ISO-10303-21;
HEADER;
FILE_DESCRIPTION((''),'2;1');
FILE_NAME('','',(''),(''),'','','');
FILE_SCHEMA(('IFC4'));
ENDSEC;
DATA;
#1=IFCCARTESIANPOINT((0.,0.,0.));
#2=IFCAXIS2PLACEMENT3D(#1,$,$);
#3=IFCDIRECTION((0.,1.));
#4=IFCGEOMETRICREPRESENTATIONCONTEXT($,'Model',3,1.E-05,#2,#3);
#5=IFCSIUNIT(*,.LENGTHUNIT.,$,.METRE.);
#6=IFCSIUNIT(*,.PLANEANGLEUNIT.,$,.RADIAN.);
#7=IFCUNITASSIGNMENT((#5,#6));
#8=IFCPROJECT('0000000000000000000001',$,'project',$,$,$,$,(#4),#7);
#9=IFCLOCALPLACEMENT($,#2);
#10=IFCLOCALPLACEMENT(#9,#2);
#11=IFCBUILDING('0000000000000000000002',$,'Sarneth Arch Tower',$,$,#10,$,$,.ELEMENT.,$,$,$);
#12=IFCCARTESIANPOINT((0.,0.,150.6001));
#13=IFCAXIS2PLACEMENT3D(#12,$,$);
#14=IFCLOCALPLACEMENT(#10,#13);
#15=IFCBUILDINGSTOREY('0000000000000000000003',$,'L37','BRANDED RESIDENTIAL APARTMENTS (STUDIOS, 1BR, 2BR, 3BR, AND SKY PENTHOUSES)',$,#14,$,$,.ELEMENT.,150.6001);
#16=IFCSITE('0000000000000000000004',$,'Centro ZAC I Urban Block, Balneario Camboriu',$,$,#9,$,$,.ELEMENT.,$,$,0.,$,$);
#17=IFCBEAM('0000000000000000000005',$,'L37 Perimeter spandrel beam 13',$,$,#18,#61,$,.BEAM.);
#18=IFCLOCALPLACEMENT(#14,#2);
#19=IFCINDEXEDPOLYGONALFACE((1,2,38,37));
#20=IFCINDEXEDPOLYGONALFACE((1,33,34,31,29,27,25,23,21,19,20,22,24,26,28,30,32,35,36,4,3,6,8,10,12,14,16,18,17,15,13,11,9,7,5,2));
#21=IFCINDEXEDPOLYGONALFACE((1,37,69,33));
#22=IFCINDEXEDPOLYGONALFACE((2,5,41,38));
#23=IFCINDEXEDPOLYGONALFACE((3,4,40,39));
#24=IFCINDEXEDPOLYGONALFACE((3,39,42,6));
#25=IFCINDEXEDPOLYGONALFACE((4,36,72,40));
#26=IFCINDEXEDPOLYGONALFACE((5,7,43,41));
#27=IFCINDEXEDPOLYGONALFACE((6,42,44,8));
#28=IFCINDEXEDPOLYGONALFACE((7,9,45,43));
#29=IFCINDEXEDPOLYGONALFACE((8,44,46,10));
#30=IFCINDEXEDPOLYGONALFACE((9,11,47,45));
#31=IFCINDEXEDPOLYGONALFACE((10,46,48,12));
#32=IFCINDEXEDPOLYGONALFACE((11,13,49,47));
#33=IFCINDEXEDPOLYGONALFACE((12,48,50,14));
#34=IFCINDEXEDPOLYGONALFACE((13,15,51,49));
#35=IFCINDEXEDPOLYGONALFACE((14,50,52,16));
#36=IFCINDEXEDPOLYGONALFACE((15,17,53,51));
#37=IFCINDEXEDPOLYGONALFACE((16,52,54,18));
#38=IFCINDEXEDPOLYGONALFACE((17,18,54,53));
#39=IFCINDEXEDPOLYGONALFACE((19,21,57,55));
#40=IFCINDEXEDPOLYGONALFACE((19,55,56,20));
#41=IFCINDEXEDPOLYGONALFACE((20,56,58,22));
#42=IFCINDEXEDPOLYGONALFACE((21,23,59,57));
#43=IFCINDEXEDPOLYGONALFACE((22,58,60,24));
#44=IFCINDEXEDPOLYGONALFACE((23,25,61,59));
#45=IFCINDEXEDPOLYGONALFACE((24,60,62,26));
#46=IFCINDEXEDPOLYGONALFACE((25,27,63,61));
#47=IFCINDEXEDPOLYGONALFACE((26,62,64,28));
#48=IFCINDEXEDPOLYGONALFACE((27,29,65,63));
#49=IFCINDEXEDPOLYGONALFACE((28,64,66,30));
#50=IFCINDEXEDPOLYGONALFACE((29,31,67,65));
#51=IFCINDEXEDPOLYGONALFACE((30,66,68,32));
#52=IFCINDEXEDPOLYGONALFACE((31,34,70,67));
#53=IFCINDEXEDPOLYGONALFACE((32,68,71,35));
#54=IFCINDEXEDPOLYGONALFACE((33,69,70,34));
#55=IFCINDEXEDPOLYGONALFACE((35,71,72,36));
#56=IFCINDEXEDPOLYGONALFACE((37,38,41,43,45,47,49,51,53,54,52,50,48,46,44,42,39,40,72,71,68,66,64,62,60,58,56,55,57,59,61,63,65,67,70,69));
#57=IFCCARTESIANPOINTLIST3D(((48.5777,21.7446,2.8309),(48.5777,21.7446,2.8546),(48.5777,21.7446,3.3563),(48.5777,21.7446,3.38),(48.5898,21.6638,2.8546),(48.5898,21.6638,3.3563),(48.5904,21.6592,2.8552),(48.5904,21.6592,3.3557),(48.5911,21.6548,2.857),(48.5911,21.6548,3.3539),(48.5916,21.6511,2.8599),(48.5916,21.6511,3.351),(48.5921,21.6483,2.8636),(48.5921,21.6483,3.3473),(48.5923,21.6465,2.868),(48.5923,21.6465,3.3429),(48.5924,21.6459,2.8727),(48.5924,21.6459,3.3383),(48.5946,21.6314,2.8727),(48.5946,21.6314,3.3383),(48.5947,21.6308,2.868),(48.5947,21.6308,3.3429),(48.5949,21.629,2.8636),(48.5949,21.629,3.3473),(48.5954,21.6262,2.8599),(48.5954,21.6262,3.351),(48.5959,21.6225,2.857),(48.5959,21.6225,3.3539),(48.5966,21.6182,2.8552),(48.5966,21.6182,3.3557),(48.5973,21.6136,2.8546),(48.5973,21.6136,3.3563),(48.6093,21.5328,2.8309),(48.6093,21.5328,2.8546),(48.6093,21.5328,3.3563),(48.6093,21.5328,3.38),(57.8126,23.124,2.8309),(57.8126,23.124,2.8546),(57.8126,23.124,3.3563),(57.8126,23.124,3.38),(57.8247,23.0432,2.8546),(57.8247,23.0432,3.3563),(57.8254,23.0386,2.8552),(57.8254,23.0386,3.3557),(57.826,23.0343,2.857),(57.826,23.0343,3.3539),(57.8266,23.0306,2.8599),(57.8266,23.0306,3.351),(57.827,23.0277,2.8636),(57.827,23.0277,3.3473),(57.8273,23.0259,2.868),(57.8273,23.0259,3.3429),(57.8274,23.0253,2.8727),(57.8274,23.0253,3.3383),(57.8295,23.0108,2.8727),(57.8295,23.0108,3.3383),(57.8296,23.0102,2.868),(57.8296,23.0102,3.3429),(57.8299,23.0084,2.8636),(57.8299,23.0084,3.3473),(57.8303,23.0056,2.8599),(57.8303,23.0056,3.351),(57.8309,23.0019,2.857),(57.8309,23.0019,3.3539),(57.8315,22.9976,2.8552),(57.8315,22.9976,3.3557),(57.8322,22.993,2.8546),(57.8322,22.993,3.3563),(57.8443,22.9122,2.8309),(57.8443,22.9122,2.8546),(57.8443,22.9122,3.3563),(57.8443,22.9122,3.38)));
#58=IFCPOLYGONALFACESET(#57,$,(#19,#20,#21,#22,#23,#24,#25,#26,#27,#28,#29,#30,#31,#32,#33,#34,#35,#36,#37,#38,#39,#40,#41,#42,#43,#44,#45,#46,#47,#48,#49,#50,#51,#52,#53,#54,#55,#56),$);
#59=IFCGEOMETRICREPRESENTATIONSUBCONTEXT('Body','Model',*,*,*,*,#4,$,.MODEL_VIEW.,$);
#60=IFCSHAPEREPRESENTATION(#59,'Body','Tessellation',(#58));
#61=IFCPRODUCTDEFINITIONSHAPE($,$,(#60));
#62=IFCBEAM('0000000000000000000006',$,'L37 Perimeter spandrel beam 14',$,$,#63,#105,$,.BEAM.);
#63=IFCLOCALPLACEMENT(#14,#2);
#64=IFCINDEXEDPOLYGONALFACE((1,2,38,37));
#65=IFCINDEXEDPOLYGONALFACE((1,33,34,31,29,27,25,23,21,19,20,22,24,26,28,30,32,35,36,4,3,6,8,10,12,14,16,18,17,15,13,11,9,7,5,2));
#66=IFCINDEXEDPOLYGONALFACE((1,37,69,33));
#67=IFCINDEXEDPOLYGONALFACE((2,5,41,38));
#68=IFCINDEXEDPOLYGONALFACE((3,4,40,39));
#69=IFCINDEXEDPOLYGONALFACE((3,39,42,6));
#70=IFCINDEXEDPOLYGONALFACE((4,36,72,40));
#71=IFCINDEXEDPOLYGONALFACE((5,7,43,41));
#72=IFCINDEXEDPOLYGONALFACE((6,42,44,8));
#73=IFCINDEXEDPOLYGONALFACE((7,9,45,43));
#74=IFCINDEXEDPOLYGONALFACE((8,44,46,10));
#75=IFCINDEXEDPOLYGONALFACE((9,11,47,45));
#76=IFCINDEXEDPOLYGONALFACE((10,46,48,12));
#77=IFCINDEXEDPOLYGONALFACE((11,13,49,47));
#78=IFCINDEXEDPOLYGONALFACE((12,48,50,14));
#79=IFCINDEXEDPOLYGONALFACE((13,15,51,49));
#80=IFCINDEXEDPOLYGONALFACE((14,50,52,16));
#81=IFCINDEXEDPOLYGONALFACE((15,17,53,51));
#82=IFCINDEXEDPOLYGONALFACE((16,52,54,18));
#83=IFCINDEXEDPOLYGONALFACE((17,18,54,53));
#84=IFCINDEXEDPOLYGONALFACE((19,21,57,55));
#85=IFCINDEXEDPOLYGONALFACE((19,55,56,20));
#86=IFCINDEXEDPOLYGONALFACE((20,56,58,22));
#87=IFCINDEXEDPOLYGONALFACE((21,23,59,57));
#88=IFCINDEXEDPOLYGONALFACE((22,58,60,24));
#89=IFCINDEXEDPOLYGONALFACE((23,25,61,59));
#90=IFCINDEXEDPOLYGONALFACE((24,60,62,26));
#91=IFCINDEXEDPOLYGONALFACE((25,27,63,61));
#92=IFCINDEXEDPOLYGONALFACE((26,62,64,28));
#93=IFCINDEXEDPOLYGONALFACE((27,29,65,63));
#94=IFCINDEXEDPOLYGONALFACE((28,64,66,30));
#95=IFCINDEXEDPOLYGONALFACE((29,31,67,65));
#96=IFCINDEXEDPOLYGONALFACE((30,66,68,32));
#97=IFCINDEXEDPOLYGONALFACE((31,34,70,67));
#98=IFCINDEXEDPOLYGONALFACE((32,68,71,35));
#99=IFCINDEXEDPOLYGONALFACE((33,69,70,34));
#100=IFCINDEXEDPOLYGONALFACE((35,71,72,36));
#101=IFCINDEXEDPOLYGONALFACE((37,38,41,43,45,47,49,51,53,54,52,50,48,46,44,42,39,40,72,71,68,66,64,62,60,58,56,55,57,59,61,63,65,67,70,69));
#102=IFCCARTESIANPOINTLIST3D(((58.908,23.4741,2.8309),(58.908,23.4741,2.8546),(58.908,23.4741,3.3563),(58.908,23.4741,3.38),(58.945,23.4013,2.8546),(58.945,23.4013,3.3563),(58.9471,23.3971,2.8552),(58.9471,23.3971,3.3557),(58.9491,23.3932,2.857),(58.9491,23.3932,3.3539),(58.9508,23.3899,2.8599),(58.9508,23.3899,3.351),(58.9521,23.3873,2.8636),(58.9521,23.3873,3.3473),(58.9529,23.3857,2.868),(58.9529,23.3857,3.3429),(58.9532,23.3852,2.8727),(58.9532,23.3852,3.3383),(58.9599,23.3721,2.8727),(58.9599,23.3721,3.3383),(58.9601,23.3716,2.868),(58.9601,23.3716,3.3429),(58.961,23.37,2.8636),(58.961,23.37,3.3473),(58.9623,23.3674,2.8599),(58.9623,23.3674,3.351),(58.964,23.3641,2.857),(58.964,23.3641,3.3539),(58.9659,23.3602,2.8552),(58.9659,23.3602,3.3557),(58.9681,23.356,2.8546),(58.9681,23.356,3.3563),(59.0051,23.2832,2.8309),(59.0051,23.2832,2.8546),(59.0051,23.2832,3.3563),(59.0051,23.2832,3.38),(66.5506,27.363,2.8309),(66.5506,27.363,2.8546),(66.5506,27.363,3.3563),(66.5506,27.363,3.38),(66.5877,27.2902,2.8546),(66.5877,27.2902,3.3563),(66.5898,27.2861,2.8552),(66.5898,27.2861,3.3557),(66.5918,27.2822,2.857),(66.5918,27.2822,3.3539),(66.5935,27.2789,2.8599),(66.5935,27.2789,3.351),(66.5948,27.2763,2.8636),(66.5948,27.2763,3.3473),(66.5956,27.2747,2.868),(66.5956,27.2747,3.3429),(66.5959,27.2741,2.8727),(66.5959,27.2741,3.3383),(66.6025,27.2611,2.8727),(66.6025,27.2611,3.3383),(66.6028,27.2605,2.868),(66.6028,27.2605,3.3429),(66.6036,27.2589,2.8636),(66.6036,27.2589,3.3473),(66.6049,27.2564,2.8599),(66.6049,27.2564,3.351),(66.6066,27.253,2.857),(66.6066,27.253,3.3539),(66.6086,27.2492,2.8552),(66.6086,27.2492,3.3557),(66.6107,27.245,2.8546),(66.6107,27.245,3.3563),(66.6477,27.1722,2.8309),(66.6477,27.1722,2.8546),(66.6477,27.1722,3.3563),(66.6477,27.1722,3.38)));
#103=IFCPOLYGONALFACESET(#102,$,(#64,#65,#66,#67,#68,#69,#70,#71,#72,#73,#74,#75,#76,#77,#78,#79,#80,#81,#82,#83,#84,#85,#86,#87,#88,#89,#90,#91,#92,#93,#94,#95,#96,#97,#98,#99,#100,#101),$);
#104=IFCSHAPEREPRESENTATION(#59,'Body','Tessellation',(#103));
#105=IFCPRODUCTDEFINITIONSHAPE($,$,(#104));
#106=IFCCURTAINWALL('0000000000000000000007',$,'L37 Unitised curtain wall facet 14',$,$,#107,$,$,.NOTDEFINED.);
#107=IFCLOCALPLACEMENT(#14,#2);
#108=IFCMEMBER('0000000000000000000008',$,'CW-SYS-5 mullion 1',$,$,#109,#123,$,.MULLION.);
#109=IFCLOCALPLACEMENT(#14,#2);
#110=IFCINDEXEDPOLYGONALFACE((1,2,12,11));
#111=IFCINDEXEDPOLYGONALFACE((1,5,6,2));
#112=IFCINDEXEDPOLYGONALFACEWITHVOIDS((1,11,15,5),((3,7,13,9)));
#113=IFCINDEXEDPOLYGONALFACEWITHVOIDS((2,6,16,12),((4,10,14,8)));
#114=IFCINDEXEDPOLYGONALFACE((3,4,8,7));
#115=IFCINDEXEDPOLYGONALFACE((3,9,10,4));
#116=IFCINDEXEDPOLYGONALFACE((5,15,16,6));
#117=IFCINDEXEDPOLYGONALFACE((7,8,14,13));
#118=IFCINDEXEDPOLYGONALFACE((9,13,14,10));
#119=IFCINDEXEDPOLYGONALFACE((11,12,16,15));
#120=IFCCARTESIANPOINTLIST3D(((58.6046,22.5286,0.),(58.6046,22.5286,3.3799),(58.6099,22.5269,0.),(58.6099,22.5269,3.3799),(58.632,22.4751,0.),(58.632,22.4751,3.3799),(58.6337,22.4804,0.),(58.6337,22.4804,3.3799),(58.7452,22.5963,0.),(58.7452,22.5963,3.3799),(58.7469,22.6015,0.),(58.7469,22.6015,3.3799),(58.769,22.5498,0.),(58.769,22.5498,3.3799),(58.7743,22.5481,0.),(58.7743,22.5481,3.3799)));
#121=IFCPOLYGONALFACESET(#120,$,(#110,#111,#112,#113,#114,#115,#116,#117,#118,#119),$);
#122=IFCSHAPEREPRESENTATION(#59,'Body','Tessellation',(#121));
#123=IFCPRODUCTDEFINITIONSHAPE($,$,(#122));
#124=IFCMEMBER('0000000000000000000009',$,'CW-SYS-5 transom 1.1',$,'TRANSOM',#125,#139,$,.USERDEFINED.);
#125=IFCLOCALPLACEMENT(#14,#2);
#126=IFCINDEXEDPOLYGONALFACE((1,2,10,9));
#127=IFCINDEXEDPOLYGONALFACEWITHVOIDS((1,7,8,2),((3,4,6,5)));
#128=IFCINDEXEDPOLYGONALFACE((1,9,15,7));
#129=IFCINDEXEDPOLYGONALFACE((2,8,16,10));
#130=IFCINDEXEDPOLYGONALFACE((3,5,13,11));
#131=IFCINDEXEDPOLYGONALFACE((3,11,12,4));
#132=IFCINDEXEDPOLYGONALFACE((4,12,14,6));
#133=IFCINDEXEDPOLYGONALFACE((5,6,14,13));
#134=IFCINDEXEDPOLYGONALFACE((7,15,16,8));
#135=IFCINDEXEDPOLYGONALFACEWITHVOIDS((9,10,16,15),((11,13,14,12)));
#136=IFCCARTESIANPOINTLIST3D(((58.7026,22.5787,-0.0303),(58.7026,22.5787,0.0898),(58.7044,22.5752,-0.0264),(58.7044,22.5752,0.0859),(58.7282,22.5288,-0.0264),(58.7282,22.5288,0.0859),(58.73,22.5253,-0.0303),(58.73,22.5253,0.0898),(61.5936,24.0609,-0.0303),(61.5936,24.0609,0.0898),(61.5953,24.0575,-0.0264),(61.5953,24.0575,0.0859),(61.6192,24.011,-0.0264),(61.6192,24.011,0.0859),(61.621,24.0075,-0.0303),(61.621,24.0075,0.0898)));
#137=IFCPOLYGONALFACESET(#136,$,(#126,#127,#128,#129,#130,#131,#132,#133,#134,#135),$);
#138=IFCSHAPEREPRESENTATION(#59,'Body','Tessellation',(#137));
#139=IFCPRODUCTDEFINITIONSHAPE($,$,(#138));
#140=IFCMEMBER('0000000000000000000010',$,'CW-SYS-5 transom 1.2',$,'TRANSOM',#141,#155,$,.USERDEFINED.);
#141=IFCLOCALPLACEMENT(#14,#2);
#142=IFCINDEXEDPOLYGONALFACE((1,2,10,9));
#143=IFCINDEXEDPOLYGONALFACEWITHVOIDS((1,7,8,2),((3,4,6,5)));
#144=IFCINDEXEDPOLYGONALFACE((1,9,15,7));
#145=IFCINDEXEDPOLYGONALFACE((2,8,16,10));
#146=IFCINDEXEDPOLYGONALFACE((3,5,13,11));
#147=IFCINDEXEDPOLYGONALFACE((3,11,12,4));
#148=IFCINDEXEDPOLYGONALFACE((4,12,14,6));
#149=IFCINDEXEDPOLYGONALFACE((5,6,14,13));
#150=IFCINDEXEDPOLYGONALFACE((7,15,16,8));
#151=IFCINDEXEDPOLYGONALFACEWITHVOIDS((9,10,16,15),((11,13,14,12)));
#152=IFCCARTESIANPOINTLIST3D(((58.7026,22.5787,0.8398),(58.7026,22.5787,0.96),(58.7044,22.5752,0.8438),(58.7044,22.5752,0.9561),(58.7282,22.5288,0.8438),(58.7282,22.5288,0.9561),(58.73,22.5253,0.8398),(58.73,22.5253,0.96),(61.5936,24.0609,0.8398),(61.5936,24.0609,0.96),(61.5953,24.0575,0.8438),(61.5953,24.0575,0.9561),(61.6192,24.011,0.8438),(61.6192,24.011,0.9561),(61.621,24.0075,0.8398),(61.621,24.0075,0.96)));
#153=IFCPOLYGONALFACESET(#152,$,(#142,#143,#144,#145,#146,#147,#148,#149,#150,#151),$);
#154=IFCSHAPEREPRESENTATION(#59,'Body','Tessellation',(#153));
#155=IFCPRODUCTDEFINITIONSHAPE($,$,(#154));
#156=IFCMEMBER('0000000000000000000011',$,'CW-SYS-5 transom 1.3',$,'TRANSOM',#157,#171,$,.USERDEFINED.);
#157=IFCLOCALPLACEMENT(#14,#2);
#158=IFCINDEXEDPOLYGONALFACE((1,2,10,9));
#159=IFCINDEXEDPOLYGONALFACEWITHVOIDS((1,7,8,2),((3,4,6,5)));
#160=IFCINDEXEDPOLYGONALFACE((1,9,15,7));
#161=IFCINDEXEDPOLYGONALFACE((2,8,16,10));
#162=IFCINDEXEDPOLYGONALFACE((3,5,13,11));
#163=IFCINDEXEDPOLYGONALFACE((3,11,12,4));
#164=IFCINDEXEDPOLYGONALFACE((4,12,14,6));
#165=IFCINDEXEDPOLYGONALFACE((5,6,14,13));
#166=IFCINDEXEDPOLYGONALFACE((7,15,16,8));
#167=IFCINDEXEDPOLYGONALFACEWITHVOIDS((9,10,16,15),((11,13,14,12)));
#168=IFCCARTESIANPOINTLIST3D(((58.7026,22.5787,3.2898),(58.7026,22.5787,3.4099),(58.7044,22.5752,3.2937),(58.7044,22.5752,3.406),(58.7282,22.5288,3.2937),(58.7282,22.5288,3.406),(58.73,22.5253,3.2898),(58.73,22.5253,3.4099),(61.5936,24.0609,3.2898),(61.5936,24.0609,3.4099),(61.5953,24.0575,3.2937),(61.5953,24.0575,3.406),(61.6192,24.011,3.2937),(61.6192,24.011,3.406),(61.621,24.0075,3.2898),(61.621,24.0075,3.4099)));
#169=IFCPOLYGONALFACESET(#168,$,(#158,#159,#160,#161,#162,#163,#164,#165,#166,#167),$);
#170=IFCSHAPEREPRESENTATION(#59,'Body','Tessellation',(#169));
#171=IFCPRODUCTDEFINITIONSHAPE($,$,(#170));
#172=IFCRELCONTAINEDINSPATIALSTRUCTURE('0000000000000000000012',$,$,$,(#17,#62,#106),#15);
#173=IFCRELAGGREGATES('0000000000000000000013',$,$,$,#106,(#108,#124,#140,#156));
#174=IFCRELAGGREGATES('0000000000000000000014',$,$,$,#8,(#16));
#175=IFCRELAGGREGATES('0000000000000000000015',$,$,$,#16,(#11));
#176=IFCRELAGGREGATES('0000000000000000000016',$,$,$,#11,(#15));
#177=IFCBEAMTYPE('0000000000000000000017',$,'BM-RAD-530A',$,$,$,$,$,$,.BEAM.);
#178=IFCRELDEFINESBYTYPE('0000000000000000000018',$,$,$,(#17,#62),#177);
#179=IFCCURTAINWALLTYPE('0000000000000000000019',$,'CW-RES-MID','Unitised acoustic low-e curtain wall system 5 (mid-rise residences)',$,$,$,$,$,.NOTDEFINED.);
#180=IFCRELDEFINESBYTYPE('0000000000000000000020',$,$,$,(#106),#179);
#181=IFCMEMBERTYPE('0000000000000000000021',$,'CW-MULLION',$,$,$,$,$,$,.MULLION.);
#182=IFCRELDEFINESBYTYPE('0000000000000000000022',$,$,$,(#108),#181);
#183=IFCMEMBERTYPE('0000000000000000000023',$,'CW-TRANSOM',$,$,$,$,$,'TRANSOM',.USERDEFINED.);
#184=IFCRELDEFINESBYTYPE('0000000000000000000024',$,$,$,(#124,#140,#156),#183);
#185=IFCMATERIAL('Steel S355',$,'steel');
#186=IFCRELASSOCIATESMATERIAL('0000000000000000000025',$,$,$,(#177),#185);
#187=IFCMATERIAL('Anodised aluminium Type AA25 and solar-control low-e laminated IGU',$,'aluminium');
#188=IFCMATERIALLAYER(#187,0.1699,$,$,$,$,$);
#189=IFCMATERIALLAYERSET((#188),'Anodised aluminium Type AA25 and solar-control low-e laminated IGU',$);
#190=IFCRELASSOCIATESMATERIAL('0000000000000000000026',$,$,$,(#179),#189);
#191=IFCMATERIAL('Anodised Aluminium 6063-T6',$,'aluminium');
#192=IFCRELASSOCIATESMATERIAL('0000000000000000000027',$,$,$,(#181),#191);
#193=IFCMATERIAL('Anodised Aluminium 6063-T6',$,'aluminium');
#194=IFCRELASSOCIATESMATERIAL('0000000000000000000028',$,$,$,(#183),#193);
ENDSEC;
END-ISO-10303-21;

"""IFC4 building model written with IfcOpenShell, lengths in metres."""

from ifc_helpers import new_model, si_unit, direction, frame, origin, origin_2d, place, context, subcontext, project, spatial, hollow_rectangle, i_section, extrude, material, layer, layer_set, material_profile, profile_set, type_object, element, aggregate, save


model = new_model("IFC4")

# Units and contexts
model_context = context("Model", 3, precision=1e-05, world=origin(), true_north=direction((0.0, 1.0)))
body_context = subcontext(model_context, "Body", "Model", "MODEL_VIEW")
ifc_project = project(units=[si_unit("LENGTHUNIT", "METRE"), si_unit("PLANEANGLEUNIT", "RADIAN")], contexts=[model_context])

# Site, building, storey
site_placement = place(None, origin())
site = spatial("IfcSite", under=ifc_project, at=site_placement, Name="Centro ZAC I Urban Block, Balneario Camboriu", CompositionType="ELEMENT", RefElevation=0.0)
building_placement = place(site_placement, origin())
building = spatial("IfcBuilding", under=site, at=building_placement, Name="Sarneth Arch Tower", CompositionType="ELEMENT")
storey_placement = place(building_placement, frame((0.0, 0.0, 150.6001)))
storey = spatial("IfcBuildingStorey", under=building, at=storey_placement, Name="L37", Description="BRANDED RESIDENTIAL APARTMENTS (STUDIOS, 1BR, 2BR, 3BR, AND SKY PENTHOUSES)", CompositionType="ELEMENT", Elevation=150.6001)

# Beams
ifc_material_1 = material(Name="Steel S355", Category="steel")
ifc_material_profile_1 = material_profile(ifc_material_1, i_section(OverallWidth=0.2141, OverallDepth=0.5491, WebThickness=0.0146, FlangeThickness=0.0237, FilletRadius=0.0181, at=origin_2d()), Name="W530x138")
ifc_profile_set_1 = profile_set([ifc_material_profile_1], Name="Steel S355")
beam_type = type_object("IfcBeamType", Name="BM-RAD-530A", PredefinedType="BEAM", material=ifc_profile_set_1)
beam_1_placement = place(storey_placement, frame((48.5935, 21.6387, 3.1055), z_axis=(0.989028, 0.147729, 0.0), x_axis=(-0.147729, 0.989028, 0.0)))
element("IfcBeam", 1, at=beam_1_placement, inside=storey, type_object=beam_type, Name="L37 Perimeter spandrel beam 13", PredefinedType="BEAM", context=body_context, shape_type="SweptSolid", body=[
    extrude(i_section(OverallWidth=0.2141, OverallDepth=0.5491, WebThickness=0.0146, FlangeThickness=0.0237, FilletRadius=0.0181, at=origin_2d()), origin(), (0.0, 0.0, 1.0), 9.3374),
])
beam_2_placement = place(storey_placement, frame((58.9565, 23.3787, 3.1055), z_axis=(0.89125, 0.453512, 0.0), x_axis=(-0.453512, 0.89125, 0.0)))
element("IfcBeam", 2, at=beam_2_placement, inside=storey, type_object=beam_type, Name="L37 Perimeter spandrel beam 14", PredefinedType="BEAM", context=body_context, shape_type="SweptSolid", body=[
    extrude(i_section(OverallWidth=0.2141, OverallDepth=0.5491, WebThickness=0.0146, FlangeThickness=0.0237, FilletRadius=0.0181, at=origin_2d()), origin(), (0.0, 0.0, 1.0), 8.5752),
])

# Curtain wall, members
ifc_material_2 = material(Name="Anodised aluminium Type AA25 and solar-control low-e laminated IGU", Category="aluminium")
ifc_layer_1 = layer(ifc_material_2, 0.1699)
ifc_layer_set_1 = layer_set([ifc_layer_1], Name="Anodised aluminium Type AA25 and solar-control low-e laminated IGU")
curtain_wall_type = type_object("IfcCurtainWallType", Name="CW-RES-MID", Description="Unitised acoustic low-e curtain wall system 5 (mid-rise residences)", PredefinedType="NOTDEFINED", material=ifc_layer_set_1)
curtain_wall_placement = place(storey_placement, origin())
curtain_wall = element("IfcCurtainWall", 3, at=curtain_wall_placement, inside=storey, type_object=curtain_wall_type, Name="L37 Unitised curtain wall facet 14", PredefinedType="NOTDEFINED")
ifc_material_3 = material(Name="Anodised Aluminium 6063-T6", Category="aluminium")
ifc_material_profile_2 = material_profile(ifc_material_3, hollow_rectangle(XDim=0.0601, YDim=0.1599, WallThickness=0.0039, at=origin_2d()), Name="AL-MULL-160x60x4")
ifc_profile_set_2 = profile_set([ifc_material_profile_2], Name="Anodised Aluminium 6063-T6")
member_type_1 = type_object("IfcMemberType", Name="CW-MULLION", PredefinedType="MULLION", material=ifc_profile_set_2)
member_1_placement = place(storey_placement, frame((58.6895, 22.5383, 0.0), z_axis=(0.0, 0.0, 1.0), x_axis=(-0.456208, 0.889873, 0.0)))
member_1 = element("IfcMember", 4, at=member_1_placement, type_object=member_type_1, Name="CW-SYS-5 mullion 1", PredefinedType="MULLION", context=body_context, shape_type="SweptSolid", body=[
    extrude(hollow_rectangle(XDim=0.0601, YDim=0.1599, WallThickness=0.0039, at=origin_2d()), origin(), (0.0, 0.0, 1.0), 3.3799),
])
ifc_material_4 = material(Name="Anodised Aluminium 6063-T6", Category="aluminium")
ifc_material_profile_3 = material_profile(ifc_material_4, hollow_rectangle(XDim=0.0601, YDim=0.1201, WallThickness=0.0039, at=origin_2d()), Name="AL-TRAN-120x60x4")
ifc_profile_set_3 = profile_set([ifc_material_profile_3], Name="Anodised Aluminium 6063-T6")
member_type_2 = type_object("IfcMemberType", Name="CW-TRANSOM", ElementType="TRANSOM", PredefinedType="USERDEFINED", material=ifc_profile_set_3)
member_2_placement = place(storey_placement, frame((58.7163, 22.552, 0.0298), z_axis=(0.889857, 0.456239, 0.0), x_axis=(-0.456239, 0.889857, 0.0)))
member_2 = element("IfcMember", 5, at=member_2_placement, type_object=member_type_2, Name="CW-SYS-5 transom 1.1", ObjectType="TRANSOM", PredefinedType="USERDEFINED", context=body_context, shape_type="SweptSolid", body=[
    extrude(hollow_rectangle(XDim=0.0601, YDim=0.1201, WallThickness=0.0039, at=origin_2d()), origin(), (0.0, 0.0, 1.0), 3.2488),
])
member_3_placement = place(storey_placement, frame((58.7163, 22.552, 0.8999), z_axis=(0.889857, 0.456239, 0.0), x_axis=(-0.456239, 0.889857, 0.0)))
member_3 = element("IfcMember", 6, at=member_3_placement, type_object=member_type_2, Name="CW-SYS-5 transom 1.2", ObjectType="TRANSOM", PredefinedType="USERDEFINED", context=body_context, shape_type="SweptSolid", body=[
    extrude(hollow_rectangle(XDim=0.0601, YDim=0.1201, WallThickness=0.0039, at=origin_2d()), origin(), (0.0, 0.0, 1.0), 3.2488),
])
member_4_placement = place(storey_placement, frame((58.7163, 22.552, 3.3499), z_axis=(0.889857, 0.456239, 0.0), x_axis=(-0.456239, 0.889857, 0.0)))
member_4 = element("IfcMember", 7, at=member_4_placement, type_object=member_type_2, Name="CW-SYS-5 transom 1.3", ObjectType="TRANSOM", PredefinedType="USERDEFINED", context=body_context, shape_type="SweptSolid", body=[
    extrude(hollow_rectangle(XDim=0.0601, YDim=0.1201, WallThickness=0.0039, at=origin_2d()), origin(), (0.0, 0.0, 1.0), 3.2488),
])
aggregate(curtain_wall, [member_1, member_2, member_3, member_4])

save(model, "model.ifc")
